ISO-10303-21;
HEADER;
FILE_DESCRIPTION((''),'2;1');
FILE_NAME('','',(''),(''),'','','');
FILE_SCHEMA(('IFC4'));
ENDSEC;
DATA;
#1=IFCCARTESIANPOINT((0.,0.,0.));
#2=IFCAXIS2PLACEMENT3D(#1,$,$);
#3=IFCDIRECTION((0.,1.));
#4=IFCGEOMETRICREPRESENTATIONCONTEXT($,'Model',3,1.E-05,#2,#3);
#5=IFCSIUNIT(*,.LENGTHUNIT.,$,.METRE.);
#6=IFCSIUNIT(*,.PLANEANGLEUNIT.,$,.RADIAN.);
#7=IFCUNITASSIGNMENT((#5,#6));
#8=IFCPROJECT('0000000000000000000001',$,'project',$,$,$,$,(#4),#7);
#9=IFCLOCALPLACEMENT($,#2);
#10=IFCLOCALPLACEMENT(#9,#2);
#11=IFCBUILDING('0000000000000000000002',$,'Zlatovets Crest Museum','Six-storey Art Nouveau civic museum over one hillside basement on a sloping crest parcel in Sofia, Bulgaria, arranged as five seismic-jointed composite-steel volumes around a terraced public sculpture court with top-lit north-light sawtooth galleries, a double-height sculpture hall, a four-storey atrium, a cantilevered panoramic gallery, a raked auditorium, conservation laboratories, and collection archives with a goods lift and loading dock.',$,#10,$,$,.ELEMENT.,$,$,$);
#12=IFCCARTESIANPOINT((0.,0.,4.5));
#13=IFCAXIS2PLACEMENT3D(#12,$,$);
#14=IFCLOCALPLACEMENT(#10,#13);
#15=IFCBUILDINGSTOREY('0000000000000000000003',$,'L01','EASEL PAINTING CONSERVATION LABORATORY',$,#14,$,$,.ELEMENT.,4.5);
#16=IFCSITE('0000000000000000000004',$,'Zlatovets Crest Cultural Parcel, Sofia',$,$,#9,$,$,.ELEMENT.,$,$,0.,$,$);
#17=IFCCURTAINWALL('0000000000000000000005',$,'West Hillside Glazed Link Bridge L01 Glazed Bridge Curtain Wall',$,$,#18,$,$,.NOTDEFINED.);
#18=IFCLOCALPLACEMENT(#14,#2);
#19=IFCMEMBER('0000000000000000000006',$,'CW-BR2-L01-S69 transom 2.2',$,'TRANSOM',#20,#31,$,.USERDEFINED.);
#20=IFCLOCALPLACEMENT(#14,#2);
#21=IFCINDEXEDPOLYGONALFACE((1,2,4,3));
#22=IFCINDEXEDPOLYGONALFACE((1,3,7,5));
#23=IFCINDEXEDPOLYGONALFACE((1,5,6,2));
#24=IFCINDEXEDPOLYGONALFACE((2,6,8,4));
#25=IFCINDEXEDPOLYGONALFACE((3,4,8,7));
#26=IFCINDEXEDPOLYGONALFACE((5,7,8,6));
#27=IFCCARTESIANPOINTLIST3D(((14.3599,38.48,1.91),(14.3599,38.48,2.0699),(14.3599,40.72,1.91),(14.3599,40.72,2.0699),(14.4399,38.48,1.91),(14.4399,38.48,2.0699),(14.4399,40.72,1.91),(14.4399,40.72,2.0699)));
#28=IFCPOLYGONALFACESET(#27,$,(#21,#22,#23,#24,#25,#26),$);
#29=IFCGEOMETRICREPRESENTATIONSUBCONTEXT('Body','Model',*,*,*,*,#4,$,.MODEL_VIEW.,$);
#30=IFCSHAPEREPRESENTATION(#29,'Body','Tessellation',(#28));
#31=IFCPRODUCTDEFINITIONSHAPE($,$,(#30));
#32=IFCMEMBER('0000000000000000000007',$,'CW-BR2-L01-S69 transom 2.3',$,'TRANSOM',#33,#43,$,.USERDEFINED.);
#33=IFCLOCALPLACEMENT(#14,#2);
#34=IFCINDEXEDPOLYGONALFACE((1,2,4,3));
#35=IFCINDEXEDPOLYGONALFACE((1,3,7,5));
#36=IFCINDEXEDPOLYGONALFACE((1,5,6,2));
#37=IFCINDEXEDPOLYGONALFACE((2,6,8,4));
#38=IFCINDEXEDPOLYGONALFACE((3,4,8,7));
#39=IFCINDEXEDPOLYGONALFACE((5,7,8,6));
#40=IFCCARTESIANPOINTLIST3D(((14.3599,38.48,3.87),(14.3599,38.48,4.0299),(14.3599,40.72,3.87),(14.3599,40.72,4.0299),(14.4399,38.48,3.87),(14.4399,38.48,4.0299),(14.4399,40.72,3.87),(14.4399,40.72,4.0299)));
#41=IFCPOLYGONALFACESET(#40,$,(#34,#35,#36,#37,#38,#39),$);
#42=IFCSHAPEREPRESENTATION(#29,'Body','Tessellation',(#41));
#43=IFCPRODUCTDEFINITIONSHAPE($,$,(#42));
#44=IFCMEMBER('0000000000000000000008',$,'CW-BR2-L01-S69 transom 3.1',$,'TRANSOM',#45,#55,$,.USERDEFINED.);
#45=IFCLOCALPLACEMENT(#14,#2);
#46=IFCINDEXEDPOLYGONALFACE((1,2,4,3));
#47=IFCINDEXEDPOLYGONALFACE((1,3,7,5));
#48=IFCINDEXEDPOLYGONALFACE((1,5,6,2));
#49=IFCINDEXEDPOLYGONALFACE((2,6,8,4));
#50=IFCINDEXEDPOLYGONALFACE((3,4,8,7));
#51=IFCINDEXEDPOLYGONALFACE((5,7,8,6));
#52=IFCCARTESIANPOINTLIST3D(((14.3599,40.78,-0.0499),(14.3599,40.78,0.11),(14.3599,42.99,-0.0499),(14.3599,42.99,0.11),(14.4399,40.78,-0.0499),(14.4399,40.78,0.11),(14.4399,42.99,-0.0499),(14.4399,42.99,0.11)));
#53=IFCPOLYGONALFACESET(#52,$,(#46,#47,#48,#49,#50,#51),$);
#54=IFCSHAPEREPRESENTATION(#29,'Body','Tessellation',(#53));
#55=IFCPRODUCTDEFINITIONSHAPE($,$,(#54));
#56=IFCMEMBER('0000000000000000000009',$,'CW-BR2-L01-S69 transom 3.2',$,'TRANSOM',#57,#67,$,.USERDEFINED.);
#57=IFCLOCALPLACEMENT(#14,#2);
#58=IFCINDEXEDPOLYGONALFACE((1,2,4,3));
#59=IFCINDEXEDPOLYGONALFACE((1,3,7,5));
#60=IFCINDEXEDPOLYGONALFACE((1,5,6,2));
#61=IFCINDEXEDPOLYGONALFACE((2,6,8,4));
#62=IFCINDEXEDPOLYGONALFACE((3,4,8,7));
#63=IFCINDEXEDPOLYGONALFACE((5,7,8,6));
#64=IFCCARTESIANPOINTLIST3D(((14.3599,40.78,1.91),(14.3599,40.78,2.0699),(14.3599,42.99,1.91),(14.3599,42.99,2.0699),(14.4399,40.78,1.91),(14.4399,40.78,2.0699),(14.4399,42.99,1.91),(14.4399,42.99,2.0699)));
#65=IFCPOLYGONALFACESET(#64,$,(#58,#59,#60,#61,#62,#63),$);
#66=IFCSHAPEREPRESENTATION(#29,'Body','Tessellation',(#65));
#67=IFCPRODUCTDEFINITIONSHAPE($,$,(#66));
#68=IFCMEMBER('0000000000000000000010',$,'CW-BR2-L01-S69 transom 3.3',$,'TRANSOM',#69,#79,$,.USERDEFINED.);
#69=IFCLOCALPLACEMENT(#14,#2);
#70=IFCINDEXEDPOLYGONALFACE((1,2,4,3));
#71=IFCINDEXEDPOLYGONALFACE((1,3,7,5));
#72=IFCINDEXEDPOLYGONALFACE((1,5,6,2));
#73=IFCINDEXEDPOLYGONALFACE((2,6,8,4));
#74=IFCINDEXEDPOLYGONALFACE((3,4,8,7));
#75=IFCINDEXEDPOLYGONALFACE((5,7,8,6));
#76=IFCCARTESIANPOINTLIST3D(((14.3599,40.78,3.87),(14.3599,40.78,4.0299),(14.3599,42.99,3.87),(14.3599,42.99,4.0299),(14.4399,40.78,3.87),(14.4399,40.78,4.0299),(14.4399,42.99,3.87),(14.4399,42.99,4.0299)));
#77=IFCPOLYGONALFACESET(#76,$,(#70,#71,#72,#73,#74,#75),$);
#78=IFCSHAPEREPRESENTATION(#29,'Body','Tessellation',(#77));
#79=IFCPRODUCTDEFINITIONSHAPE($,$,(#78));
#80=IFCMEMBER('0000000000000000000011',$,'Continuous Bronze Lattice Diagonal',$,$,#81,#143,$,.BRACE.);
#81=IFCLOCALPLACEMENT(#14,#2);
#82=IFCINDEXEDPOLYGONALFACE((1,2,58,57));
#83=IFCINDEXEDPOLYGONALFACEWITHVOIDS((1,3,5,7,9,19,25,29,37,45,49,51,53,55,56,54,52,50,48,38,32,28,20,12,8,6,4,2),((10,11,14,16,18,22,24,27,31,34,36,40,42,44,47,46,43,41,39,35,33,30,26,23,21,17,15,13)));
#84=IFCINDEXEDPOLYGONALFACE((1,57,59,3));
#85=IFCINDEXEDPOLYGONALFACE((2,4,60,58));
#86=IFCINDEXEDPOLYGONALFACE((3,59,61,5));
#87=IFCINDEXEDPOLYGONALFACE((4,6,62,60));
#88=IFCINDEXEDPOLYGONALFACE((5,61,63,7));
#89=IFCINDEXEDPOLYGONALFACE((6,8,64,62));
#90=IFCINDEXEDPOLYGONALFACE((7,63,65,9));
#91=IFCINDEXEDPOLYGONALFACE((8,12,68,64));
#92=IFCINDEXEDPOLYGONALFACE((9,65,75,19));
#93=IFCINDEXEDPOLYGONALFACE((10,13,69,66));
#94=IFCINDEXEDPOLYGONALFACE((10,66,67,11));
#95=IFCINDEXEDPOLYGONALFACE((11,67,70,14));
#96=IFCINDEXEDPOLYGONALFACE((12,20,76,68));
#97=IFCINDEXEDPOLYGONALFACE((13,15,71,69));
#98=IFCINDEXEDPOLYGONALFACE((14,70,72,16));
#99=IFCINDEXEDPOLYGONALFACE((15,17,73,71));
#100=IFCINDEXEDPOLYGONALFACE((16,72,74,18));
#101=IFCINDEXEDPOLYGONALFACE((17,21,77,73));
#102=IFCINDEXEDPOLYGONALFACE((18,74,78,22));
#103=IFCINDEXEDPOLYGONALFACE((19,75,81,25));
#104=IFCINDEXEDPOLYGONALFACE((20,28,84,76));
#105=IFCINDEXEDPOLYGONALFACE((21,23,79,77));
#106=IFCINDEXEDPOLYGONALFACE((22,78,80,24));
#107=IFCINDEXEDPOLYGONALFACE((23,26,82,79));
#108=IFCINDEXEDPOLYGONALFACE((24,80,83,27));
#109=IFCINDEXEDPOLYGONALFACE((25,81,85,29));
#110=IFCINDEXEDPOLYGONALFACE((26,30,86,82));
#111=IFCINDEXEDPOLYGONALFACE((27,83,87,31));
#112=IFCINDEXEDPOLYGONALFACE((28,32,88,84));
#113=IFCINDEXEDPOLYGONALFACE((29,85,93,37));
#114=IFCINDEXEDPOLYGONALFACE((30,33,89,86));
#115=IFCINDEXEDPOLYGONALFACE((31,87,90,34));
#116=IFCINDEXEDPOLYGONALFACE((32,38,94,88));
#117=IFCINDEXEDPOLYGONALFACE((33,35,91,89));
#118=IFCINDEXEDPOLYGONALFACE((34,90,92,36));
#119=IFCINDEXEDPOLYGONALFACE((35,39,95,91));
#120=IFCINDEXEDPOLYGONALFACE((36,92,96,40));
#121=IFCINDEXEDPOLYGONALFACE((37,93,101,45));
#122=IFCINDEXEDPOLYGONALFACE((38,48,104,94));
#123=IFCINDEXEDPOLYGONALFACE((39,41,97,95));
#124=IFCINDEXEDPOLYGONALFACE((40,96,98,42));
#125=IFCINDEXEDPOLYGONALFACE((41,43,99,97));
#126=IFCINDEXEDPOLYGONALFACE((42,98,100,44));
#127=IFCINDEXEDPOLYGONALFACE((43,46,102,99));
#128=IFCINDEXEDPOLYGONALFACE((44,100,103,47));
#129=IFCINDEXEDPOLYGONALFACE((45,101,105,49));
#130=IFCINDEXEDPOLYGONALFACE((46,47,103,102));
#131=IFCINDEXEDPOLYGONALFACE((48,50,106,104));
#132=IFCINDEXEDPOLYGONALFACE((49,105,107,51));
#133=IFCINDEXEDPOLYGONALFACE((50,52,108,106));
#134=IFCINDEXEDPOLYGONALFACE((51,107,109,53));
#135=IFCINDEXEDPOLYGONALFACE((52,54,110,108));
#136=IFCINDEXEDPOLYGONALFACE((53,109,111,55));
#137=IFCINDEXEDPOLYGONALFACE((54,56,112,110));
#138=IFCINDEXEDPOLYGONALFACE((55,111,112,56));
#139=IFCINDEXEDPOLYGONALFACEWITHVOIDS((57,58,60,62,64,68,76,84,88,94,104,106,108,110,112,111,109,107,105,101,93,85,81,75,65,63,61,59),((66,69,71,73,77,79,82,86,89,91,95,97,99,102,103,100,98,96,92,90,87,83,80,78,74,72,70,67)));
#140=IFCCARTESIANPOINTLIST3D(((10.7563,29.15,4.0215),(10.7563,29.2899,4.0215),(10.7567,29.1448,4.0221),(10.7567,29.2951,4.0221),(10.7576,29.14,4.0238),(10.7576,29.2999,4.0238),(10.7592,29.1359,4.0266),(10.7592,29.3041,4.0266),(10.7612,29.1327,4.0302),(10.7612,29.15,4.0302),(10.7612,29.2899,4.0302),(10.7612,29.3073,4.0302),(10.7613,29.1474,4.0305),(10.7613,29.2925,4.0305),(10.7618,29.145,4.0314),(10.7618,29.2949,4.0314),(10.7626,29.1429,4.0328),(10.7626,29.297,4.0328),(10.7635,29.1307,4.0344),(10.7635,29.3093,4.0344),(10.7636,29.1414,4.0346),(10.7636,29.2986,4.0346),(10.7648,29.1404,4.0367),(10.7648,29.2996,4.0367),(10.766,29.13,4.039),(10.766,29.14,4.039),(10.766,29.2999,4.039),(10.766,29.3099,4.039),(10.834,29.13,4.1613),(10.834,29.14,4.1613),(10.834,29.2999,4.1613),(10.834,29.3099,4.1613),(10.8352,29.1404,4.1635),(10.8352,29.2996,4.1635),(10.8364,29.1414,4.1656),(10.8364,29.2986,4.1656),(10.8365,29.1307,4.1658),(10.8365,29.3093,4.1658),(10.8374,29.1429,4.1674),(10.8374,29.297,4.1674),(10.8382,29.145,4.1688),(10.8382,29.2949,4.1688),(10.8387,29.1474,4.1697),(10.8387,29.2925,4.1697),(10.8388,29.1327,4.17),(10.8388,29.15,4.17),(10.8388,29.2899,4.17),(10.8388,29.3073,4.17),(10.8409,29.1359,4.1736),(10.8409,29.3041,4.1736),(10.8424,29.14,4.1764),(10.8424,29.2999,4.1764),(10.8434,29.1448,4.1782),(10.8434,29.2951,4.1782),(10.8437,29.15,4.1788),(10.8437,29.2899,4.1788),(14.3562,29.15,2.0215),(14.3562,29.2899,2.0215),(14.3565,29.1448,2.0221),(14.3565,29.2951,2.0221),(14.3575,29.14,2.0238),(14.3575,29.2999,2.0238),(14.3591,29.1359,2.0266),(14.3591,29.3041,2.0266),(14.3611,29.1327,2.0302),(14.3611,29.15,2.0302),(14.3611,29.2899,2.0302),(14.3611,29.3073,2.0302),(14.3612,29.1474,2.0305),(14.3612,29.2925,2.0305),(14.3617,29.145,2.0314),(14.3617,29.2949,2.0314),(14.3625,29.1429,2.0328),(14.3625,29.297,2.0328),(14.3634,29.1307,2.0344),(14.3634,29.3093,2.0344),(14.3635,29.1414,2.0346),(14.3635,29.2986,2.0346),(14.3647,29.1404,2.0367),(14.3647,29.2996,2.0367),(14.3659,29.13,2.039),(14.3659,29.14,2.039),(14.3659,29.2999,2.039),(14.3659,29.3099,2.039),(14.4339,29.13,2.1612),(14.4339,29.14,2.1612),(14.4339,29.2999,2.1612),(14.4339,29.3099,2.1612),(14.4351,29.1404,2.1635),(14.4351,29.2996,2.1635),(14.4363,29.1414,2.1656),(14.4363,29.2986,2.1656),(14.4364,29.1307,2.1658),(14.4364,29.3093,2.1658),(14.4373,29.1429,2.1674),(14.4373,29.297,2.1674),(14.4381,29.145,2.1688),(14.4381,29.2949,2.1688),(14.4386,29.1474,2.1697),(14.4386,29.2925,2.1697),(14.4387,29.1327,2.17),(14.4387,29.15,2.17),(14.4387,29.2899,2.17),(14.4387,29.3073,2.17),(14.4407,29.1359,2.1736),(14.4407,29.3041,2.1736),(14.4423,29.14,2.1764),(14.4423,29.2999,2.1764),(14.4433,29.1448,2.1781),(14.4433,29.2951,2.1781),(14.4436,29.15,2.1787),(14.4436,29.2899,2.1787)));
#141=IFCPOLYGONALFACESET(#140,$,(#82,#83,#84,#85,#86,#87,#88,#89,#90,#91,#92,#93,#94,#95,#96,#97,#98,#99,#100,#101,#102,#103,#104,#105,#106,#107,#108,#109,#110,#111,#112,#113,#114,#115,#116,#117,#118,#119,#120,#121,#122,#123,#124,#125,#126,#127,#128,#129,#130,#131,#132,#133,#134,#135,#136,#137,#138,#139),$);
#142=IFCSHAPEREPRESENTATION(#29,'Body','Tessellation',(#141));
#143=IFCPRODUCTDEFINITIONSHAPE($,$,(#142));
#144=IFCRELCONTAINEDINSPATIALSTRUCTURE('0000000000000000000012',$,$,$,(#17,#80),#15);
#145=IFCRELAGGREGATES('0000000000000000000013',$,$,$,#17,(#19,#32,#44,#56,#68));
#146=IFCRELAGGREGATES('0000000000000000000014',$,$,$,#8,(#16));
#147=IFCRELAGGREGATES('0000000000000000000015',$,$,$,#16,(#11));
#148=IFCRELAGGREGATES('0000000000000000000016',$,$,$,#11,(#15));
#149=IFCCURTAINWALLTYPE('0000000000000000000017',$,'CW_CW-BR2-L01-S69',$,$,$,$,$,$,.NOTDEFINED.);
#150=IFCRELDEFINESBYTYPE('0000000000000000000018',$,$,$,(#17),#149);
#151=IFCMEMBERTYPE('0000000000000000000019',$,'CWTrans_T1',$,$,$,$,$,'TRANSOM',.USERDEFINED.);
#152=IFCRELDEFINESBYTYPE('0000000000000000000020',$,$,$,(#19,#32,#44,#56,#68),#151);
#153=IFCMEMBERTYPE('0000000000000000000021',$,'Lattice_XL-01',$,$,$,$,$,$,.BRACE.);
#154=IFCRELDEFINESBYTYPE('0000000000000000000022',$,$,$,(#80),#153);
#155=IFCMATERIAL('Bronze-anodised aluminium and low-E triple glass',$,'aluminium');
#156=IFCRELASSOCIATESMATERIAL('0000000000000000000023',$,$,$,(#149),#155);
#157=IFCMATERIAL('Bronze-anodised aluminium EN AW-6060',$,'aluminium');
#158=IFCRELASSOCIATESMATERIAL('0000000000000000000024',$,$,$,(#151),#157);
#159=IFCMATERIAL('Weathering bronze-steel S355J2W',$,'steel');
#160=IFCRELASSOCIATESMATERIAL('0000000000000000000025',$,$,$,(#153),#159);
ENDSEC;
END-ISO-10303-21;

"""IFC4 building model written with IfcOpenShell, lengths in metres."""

from ifc_helpers import new_model, si_unit, direction, frame, origin, origin_2d, place, context, subcontext, project, spatial, rectangle, hollow_rectangle, extrude, material, material_profile, profile_set, type_object, element, aggregate, save


model = new_model("IFC4")

# Units and contexts
model_context = context("Model", 3, precision=1e-05, world=origin(), true_north=direction((0.0, 1.0)))
body_context = subcontext(model_context, "Body", "Model", "MODEL_VIEW")
ifc_project = project(units=[si_unit("LENGTHUNIT", "METRE"), si_unit("PLANEANGLEUNIT", "RADIAN")], contexts=[model_context])

# Site, building, storey
site_placement = place(None, origin())
site = spatial("IfcSite", under=ifc_project, at=site_placement, Name="Zlatovets Crest Cultural Parcel, Sofia", CompositionType="ELEMENT", RefElevation=0.0)
building_placement = place(site_placement, origin())
building = spatial("IfcBuilding", under=site, at=building_placement, Name="Zlatovets Crest Museum", Description="Six-storey Art Nouveau civic museum over one hillside basement on a sloping crest parcel in Sofia, Bulgaria, arranged as five seismic-jointed composite-steel volumes around a terraced public sculpture court with top-lit north-light sawtooth galleries, a double-height sculpture hall, a four-storey atrium, a cantilevered panoramic gallery, a raked auditorium, conservation laboratories, and collection archives with a goods lift and loading dock.", CompositionType="ELEMENT")
storey_placement = place(building_placement, frame((0.0, 0.0, 4.5)))
storey = spatial("IfcBuildingStorey", under=building, at=storey_placement, Name="L01", Description="EASEL PAINTING CONSERVATION LABORATORY", CompositionType="ELEMENT", Elevation=4.5)

# Curtain wall
ifc_material_1 = material(Name="Bronze-anodised aluminium and low-E triple glass", Category="aluminium")
curtain_wall_type = type_object("IfcCurtainWallType", Name="CW_CW-BR2-L01-S69", PredefinedType="NOTDEFINED", material=ifc_material_1)
ifc_material_2 = material(Name="Bronze-anodised aluminium EN AW-6060", Category="aluminium")
curtain_wall_1_placement = place(storey_placement, origin())
curtain_wall_1 = element("IfcCurtainWall", 1, at=curtain_wall_1_placement, inside=storey, type_object=curtain_wall_type, Name="West Hillside Glazed Link Bridge L01 Glazed Bridge Curtain Wall", PredefinedType="NOTDEFINED")

# Members
ifc_material_profile_1 = material_profile(ifc_material_2, rectangle(XDim=0.0801, YDim=0.1599, at=origin_2d()), Name="ALU 80x160")
ifc_profile_set_1 = profile_set([ifc_material_profile_1], Name="Bronze-anodised aluminium EN AW-6060")
member_type_1 = type_object("IfcMemberType", Name="CWTrans_T1", ElementType="TRANSOM", PredefinedType="USERDEFINED", material=ifc_profile_set_1)
member_1_placement = place(storey_placement, frame((14.3999, 38.48, 1.99), z_axis=(0.0, 1.0, 0.0), x_axis=(-1.0, 0.0, 0.0)))
member_1 = element("IfcMember", 2, at=member_1_placement, type_object=member_type_1, Name="CW-BR2-L01-S69 transom 2.2", ObjectType="TRANSOM", PredefinedType="USERDEFINED", context=body_context, shape_type="SweptSolid", body=[
    extrude(rectangle(XDim=0.0801, YDim=0.1599, at=origin_2d()), origin(), (0.0, 0.0, 1.0), 2.24),
])
member_2_placement = place(storey_placement, frame((14.3999, 38.48, 3.95), z_axis=(0.0, 1.0, 0.0), x_axis=(-1.0, 0.0, 0.0)))
member_2 = element("IfcMember", 3, at=member_2_placement, type_object=member_type_1, Name="CW-BR2-L01-S69 transom 2.3", ObjectType="TRANSOM", PredefinedType="USERDEFINED", context=body_context, shape_type="SweptSolid", body=[
    extrude(rectangle(XDim=0.0801, YDim=0.1599, at=origin_2d()), origin(), (0.0, 0.0, 1.0), 2.24),
])
member_3_placement = place(storey_placement, frame((14.3999, 40.78, 0.03), z_axis=(0.0, 1.0, 0.0), x_axis=(-1.0, 0.0, 0.0)))
member_3 = element("IfcMember", 4, at=member_3_placement, type_object=member_type_1, Name="CW-BR2-L01-S69 transom 3.1", ObjectType="TRANSOM", PredefinedType="USERDEFINED", context=body_context, shape_type="SweptSolid", body=[
    extrude(rectangle(XDim=0.0801, YDim=0.1599, at=origin_2d()), origin(), (0.0, 0.0, 1.0), 2.21),
])
member_4_placement = place(storey_placement, frame((14.3999, 40.78, 1.99), z_axis=(0.0, 1.0, 0.0), x_axis=(-1.0, 0.0, 0.0)))
member_4 = element("IfcMember", 5, at=member_4_placement, type_object=member_type_1, Name="CW-BR2-L01-S69 transom 3.2", ObjectType="TRANSOM", PredefinedType="USERDEFINED", context=body_context, shape_type="SweptSolid", body=[
    extrude(rectangle(XDim=0.0801, YDim=0.1599, at=origin_2d()), origin(), (0.0, 0.0, 1.0), 2.21),
])
member_5_placement = place(storey_placement, frame((14.3999, 40.78, 3.95), z_axis=(0.0, 1.0, 0.0), x_axis=(-1.0, 0.0, 0.0)))
member_5 = element("IfcMember", 6, at=member_5_placement, type_object=member_type_1, Name="CW-BR2-L01-S69 transom 3.3", ObjectType="TRANSOM", PredefinedType="USERDEFINED", context=body_context, shape_type="SweptSolid", body=[
    extrude(rectangle(XDim=0.0801, YDim=0.1599, at=origin_2d()), origin(), (0.0, 0.0, 1.0), 2.21),
])

# Member
ifc_material_3 = material(Name="Weathering bronze-steel S355J2W", Category="steel")
ifc_material_profile_2 = material_profile(ifc_material_3, hollow_rectangle(XDim=0.1799, YDim=0.1799, WallThickness=0.01, InnerFilletRadius=0.01, OuterFilletRadius=0.02, at=origin_2d()), Name="SHS 180x180x10.0")
ifc_profile_set_2 = profile_set([ifc_material_profile_2], Name="Weathering bronze-steel S355J2W")
member_type_2 = type_object("IfcMemberType", Name="Lattice_XL-01", PredefinedType="BRACE", material=ifc_profile_set_2)
member_6_placement = place(storey_placement, frame((14.3999, 29.22, 2.1001), z_axis=(-0.874149, 0.0, 0.485658), x_axis=(0.0, -1.0, 0.0)))
element("IfcMember", 7, at=member_6_placement, inside=storey, type_object=member_type_2, Name="Continuous Bronze Lattice Diagonal", PredefinedType="BRACE", context=body_context, shape_type="SweptSolid", body=[
    extrude(hollow_rectangle(XDim=0.1799, YDim=0.1799, WallThickness=0.01, InnerFilletRadius=0.01, OuterFilletRadius=0.02, at=origin_2d()), origin(), (0.0, 0.0, 1.0), 4.1182),
])

aggregate(curtain_wall_1, [member_1, member_2, member_3, member_4, member_5])

save(model, "model.ifc")
